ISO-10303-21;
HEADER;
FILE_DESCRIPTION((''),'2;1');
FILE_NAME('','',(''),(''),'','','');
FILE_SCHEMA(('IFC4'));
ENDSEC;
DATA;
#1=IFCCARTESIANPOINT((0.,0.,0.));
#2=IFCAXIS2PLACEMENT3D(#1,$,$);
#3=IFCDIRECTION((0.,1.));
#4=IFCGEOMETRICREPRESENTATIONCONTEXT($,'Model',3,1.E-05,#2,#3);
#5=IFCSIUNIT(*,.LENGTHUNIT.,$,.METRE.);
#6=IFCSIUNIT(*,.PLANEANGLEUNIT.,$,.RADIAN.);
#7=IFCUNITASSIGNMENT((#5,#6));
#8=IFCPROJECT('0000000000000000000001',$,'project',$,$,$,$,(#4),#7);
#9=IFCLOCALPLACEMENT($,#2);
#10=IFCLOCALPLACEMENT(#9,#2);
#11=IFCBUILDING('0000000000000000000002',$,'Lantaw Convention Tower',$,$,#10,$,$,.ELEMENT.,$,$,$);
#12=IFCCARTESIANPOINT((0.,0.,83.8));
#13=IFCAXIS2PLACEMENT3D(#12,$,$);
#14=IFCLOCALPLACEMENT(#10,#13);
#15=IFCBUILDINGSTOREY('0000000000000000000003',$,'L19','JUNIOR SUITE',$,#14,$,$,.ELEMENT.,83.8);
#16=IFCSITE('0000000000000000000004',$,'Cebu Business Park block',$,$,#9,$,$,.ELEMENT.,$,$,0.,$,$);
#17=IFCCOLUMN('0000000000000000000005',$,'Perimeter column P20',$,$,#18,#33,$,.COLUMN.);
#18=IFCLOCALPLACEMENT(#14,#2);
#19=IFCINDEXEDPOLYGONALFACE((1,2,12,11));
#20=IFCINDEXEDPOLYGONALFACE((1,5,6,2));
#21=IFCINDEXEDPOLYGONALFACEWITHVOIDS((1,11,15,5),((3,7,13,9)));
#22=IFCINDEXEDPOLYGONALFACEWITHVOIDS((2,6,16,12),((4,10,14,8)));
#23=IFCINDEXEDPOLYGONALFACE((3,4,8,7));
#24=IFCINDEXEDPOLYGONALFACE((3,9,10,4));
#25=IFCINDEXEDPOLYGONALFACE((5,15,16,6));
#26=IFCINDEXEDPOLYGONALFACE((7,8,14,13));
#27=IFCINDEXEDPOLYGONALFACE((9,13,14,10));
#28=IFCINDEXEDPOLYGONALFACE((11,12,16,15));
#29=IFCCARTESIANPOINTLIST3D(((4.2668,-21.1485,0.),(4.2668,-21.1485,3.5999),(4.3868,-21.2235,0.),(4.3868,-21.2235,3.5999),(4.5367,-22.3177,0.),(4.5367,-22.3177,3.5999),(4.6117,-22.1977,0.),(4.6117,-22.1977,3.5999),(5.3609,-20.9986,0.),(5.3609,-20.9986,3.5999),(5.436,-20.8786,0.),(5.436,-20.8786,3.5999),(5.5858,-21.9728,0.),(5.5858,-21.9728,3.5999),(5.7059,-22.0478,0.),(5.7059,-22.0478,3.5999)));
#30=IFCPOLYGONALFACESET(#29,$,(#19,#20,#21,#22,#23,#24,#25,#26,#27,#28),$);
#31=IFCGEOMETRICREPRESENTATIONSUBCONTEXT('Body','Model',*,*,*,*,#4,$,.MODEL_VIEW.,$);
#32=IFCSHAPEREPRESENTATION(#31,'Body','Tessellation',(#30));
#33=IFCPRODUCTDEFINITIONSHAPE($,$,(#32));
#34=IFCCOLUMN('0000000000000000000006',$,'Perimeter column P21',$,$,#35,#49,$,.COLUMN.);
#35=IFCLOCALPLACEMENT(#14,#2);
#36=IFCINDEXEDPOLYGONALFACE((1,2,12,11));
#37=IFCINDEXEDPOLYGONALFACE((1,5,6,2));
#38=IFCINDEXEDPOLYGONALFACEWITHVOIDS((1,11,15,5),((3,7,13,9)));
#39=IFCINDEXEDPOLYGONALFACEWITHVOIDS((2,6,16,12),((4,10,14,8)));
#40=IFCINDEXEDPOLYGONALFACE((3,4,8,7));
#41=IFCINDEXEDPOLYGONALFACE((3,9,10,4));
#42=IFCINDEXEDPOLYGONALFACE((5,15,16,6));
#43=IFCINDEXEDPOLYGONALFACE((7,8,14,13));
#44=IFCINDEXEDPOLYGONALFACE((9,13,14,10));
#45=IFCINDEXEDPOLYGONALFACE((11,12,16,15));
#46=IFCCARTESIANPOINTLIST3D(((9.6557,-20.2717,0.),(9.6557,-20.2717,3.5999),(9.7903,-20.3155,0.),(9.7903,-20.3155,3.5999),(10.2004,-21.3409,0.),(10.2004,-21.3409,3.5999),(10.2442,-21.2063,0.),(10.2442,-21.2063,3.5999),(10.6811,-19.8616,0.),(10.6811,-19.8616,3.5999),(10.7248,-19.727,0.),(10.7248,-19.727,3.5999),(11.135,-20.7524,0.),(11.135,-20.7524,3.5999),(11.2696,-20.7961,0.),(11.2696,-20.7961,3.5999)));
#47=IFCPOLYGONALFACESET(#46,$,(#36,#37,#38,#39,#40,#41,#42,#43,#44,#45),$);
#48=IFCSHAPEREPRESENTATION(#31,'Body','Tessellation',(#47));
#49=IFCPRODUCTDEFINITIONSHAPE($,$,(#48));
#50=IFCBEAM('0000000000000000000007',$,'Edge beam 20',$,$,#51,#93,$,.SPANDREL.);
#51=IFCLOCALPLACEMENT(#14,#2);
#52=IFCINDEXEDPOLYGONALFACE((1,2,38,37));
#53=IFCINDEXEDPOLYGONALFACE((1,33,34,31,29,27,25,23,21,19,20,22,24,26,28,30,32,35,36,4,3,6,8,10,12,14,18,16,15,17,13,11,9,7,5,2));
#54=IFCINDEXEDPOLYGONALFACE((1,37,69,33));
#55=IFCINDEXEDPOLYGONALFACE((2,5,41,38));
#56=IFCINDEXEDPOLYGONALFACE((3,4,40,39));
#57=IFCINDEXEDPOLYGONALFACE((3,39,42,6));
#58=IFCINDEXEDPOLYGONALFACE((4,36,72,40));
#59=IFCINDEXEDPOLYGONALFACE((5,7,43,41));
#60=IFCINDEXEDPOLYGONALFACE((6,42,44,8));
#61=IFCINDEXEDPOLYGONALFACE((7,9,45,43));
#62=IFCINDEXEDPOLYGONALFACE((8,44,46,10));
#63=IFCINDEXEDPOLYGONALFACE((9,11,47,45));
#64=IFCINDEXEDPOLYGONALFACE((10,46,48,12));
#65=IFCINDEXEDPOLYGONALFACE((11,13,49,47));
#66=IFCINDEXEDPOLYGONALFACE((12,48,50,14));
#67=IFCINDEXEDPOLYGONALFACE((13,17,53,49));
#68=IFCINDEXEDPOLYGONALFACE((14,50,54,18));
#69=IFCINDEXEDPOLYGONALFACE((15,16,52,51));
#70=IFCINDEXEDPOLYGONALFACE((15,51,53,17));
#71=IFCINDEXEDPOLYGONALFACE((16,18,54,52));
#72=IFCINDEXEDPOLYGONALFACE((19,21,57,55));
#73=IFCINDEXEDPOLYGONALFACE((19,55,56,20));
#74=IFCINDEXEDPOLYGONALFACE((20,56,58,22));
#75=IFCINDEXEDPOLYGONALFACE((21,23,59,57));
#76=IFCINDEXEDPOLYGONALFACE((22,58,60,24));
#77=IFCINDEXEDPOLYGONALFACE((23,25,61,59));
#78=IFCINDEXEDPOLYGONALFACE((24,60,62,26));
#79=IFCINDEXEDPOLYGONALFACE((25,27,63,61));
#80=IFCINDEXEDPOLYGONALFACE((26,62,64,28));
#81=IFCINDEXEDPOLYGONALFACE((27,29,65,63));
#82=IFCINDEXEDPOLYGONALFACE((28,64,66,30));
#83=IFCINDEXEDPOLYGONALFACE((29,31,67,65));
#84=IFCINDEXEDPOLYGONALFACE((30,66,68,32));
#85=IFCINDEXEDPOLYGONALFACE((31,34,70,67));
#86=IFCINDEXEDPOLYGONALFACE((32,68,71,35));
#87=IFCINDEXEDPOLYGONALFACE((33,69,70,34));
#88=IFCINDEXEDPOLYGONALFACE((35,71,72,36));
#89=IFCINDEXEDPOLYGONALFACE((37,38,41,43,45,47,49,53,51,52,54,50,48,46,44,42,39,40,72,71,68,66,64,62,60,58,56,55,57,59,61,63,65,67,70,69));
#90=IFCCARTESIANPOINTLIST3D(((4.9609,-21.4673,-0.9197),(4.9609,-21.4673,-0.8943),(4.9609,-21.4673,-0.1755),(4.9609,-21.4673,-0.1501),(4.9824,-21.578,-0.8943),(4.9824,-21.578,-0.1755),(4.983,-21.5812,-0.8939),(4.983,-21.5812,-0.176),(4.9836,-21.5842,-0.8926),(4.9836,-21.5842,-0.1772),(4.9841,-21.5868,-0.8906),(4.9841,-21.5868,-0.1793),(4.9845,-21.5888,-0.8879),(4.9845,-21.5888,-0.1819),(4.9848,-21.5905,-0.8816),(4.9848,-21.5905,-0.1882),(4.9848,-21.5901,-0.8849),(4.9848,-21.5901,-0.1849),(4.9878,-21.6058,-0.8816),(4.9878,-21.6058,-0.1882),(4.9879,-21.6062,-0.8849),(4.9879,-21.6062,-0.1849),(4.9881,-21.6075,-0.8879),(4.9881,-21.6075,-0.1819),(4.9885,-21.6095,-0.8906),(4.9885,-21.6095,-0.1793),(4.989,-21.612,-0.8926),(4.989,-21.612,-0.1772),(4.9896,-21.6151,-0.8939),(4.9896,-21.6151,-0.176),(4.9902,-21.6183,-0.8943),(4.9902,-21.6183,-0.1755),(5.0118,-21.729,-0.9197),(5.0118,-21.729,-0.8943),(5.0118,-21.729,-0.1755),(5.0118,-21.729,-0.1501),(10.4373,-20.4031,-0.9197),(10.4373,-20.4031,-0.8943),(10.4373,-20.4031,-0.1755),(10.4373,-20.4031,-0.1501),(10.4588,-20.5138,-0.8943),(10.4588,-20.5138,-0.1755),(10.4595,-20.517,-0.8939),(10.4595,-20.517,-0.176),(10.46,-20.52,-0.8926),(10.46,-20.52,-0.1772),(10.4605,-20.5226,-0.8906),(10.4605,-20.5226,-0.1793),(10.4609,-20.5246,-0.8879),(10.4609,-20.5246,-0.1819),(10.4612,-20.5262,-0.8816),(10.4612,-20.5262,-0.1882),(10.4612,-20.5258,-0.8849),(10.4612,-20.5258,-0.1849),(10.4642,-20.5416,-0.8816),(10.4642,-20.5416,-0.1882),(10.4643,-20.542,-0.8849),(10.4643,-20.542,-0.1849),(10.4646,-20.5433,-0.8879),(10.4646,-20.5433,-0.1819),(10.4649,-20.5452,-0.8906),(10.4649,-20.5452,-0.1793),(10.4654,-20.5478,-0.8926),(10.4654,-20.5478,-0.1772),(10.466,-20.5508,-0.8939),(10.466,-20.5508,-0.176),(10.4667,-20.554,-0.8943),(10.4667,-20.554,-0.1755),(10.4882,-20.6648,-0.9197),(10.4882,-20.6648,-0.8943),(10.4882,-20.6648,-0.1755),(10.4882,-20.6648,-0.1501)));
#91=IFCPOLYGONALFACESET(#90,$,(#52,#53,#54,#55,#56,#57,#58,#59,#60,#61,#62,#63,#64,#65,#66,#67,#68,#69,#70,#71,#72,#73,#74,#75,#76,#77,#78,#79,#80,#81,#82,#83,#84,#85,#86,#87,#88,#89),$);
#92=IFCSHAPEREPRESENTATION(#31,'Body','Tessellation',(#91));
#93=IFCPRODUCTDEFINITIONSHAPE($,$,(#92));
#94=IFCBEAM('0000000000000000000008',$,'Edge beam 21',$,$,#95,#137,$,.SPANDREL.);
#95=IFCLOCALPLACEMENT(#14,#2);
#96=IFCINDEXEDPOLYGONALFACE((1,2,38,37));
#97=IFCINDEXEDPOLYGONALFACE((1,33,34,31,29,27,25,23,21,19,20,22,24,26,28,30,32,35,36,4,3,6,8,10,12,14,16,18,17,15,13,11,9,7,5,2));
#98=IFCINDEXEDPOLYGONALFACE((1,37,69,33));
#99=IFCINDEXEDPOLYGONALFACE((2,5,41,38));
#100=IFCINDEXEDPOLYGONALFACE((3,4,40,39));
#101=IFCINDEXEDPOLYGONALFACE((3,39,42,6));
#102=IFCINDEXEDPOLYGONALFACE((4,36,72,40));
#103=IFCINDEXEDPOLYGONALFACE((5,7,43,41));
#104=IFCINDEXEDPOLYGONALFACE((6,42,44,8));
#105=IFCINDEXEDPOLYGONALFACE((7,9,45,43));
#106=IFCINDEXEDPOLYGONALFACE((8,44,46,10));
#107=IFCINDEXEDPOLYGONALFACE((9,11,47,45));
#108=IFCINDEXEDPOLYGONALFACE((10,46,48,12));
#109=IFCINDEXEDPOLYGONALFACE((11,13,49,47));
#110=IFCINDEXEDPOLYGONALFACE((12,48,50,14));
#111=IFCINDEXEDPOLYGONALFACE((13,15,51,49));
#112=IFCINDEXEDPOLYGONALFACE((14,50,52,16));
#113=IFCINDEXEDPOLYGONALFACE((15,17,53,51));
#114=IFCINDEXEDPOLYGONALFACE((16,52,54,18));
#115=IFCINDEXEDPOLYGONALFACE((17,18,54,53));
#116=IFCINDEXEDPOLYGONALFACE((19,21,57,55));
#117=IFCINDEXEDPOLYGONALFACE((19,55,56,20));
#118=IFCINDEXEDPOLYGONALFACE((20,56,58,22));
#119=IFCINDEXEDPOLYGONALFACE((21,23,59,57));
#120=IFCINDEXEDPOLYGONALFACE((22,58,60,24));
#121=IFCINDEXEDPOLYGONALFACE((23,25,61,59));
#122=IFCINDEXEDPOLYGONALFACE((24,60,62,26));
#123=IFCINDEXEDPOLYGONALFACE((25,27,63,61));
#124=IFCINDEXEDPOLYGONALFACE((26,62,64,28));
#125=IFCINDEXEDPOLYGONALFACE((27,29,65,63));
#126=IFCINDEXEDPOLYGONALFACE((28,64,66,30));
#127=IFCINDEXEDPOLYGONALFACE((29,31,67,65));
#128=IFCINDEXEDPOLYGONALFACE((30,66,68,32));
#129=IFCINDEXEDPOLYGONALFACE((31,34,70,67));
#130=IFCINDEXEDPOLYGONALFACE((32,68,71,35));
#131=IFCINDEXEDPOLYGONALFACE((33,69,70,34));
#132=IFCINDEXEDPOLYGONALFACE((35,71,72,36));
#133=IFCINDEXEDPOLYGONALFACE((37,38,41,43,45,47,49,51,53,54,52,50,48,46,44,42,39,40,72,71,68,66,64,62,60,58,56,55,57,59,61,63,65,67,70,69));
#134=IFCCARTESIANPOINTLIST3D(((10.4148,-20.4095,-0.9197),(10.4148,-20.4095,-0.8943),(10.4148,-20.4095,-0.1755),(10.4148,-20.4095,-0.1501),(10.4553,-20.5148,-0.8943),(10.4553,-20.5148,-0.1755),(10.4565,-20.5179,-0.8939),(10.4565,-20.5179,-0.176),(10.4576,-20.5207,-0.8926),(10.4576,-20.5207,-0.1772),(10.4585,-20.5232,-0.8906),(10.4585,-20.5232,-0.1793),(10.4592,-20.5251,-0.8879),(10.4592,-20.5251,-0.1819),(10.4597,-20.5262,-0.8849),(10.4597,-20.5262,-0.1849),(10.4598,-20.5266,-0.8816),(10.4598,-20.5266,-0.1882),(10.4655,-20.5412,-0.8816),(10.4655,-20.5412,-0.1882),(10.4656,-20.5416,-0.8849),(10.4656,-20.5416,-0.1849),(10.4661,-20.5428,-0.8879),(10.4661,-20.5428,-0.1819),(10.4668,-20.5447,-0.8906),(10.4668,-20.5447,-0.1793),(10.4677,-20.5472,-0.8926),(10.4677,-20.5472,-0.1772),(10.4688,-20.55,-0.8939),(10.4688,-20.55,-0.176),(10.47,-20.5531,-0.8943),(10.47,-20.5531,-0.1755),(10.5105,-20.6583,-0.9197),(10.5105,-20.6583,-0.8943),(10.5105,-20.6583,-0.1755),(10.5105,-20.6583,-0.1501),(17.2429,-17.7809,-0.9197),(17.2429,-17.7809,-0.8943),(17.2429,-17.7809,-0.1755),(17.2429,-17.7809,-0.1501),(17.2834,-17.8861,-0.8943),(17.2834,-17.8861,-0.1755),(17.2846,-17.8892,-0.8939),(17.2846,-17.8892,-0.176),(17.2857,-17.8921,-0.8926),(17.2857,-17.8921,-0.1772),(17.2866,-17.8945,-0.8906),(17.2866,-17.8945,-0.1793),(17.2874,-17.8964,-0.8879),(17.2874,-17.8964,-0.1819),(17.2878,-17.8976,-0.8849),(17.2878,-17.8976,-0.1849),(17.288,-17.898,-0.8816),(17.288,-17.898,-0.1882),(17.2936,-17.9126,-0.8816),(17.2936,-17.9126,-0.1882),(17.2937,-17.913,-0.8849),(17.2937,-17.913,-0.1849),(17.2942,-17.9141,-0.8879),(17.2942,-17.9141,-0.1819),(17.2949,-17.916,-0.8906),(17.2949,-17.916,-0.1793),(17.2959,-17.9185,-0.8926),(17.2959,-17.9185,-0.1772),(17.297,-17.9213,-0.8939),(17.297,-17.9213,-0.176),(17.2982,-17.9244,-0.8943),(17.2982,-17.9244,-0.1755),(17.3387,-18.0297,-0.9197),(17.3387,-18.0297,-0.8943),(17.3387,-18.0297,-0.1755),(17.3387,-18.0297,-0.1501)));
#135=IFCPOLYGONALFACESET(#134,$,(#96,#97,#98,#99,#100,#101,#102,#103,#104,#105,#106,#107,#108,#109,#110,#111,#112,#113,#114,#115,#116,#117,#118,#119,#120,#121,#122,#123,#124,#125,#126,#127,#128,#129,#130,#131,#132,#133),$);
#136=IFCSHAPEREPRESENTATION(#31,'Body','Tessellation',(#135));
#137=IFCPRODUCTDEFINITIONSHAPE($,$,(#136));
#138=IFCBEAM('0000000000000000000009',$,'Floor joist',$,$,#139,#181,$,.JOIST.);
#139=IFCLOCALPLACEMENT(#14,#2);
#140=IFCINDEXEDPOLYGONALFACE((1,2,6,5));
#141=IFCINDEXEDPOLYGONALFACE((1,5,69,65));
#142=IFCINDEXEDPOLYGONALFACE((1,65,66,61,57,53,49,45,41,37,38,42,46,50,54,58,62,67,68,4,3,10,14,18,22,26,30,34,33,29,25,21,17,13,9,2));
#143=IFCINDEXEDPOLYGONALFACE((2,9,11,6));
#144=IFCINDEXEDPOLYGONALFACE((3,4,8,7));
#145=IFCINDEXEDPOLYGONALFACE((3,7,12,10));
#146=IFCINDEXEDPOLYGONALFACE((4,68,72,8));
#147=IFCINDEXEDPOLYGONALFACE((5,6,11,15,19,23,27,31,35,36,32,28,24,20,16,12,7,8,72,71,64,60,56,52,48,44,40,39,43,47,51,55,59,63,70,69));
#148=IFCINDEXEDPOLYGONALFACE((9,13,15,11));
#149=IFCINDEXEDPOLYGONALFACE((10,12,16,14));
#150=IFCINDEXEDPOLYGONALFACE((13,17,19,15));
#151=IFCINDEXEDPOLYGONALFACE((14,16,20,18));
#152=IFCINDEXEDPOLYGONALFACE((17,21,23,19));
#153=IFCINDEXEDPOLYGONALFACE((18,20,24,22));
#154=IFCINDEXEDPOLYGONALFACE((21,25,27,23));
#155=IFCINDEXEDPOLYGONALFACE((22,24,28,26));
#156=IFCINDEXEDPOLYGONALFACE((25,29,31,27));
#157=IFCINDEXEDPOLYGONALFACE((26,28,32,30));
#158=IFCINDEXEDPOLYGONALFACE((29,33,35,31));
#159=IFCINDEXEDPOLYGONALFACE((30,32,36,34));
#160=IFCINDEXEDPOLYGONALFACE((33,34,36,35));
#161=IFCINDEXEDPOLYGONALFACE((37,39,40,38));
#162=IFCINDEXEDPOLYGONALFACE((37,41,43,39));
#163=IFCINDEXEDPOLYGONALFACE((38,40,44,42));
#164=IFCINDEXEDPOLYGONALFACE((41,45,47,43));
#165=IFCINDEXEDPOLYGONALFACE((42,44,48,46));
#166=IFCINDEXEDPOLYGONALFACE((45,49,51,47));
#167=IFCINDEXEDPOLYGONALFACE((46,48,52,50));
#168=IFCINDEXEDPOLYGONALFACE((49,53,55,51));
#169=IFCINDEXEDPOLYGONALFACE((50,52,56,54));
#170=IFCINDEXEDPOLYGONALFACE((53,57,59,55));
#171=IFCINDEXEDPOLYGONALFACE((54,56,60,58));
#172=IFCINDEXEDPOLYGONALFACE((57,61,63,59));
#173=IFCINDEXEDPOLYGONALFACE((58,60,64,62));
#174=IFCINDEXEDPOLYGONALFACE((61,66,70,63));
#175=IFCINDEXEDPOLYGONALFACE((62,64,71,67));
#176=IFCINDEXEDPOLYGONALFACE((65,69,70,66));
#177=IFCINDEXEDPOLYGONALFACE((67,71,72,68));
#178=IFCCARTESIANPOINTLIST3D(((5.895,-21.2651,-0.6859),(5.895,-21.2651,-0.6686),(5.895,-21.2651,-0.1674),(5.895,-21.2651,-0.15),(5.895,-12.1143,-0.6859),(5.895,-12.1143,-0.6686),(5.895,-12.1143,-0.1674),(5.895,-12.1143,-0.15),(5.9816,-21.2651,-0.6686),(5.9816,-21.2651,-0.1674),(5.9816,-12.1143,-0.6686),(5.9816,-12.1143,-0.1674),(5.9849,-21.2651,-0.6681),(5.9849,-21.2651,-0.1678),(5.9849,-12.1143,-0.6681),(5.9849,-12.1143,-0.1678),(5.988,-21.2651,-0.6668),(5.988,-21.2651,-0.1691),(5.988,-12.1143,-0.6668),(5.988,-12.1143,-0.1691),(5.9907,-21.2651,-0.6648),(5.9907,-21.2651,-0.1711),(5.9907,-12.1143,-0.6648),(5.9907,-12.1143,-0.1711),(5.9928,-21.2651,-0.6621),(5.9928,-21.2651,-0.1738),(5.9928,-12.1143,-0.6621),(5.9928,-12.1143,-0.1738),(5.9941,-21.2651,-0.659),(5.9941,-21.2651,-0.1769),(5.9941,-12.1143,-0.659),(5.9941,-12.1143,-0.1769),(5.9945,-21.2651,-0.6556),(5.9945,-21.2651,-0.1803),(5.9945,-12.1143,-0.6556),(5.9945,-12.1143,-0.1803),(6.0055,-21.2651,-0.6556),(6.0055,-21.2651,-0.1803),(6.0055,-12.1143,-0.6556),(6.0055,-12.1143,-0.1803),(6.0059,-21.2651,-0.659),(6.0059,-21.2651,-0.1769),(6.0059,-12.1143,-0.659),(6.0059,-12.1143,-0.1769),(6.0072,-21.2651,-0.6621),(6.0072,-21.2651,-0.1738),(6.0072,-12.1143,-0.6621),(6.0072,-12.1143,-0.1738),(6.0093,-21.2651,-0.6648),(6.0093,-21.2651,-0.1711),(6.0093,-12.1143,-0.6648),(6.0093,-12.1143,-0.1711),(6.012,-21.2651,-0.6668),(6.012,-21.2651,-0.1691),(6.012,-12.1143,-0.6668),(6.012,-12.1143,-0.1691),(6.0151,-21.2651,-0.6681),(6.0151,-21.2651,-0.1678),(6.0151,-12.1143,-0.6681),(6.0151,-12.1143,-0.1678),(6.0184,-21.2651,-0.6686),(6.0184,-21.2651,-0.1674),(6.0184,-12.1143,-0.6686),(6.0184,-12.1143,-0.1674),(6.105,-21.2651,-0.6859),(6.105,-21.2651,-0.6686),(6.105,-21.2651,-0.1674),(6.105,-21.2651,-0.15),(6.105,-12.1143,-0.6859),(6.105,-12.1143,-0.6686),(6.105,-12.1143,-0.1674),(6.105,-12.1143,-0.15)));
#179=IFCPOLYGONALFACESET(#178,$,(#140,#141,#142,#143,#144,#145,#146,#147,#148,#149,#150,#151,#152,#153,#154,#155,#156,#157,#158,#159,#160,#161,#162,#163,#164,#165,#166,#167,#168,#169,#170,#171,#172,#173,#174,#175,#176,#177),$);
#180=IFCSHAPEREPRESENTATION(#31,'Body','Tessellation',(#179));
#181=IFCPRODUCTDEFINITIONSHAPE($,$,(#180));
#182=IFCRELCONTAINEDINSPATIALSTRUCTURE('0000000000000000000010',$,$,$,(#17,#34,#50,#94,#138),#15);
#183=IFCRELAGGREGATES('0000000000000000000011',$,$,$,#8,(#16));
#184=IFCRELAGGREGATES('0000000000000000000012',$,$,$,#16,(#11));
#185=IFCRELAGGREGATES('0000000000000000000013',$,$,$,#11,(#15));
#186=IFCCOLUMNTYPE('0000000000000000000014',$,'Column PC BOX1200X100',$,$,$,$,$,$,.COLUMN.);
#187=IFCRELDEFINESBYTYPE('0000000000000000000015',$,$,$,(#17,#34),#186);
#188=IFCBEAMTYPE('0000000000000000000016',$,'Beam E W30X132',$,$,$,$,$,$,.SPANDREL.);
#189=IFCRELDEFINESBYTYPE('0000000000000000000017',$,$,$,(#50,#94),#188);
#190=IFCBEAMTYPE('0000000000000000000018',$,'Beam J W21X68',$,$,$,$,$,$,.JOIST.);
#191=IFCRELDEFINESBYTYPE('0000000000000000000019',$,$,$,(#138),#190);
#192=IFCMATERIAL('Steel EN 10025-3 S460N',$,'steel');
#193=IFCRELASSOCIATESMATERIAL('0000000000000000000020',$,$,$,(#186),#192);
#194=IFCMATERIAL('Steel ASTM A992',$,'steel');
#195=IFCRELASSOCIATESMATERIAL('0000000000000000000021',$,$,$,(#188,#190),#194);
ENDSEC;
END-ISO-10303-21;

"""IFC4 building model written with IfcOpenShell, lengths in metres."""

from ifc_helpers import new_model, si_unit, direction, frame, origin, origin_2d, place, context, subcontext, project, spatial, rectangle, hollow_rectangle, i_section, extrude, material, material_profile, profile_set, type_object, element, save


model = new_model("IFC4")

# Units and contexts
model_context = context("Model", 3, precision=1e-05, world=origin(), true_north=direction((0.0, 1.0)))
body_context = subcontext(model_context, "Body", "Model", "MODEL_VIEW")
ifc_project = project(units=[si_unit("LENGTHUNIT", "METRE"), si_unit("PLANEANGLEUNIT", "RADIAN")], contexts=[model_context])

# Site, building, storey
site_placement = place(None, origin())
site = spatial("IfcSite", under=ifc_project, at=site_placement, Name="Cebu Business Park block", CompositionType="ELEMENT", RefElevation=0.0)
building_placement = place(site_placement, origin())
building = spatial("IfcBuilding", under=site, at=building_placement, Name="Lantaw Convention Tower", CompositionType="ELEMENT")
storey_placement = place(building_placement, frame((0.0, 0.0, 83.8)))
storey = spatial("IfcBuildingStorey", under=building, at=storey_placement, Name="L19", Description="JUNIOR SUITE", CompositionType="ELEMENT", Elevation=83.8)

# Columns
ifc_material_1 = material(Name="Steel EN 10025-3 S460N", Category="steel")
ifc_material_profile_1 = material_profile(ifc_material_1, hollow_rectangle(XDim=1.2, YDim=1.2, WallThickness=0.1001, at=origin_2d()), Name="BOX1200X100")
ifc_material_2 = material(Name="Concrete C60/75", Category="concrete")
ifc_material_profile_2 = material_profile(ifc_material_2, rectangle(XDim=1.0, YDim=1.0, at=origin_2d()), Name="Concrete fill of BOX1200X100")
ifc_profile_set_1 = profile_set([ifc_material_profile_1, ifc_material_profile_2], Name="Steel EN 10025-3 S460N")
column_type = type_object("IfcColumnType", Name="Column PC BOX1200X100", PredefinedType="COLUMN", material=ifc_profile_set_1)
for number, where, z_axis, x_axis, name in (
    (1, (4.9863, -21.5981, 0.0), (0.0, 0.0, 1.0), (0.97437, 0.224951, 0.0), "Perimeter column P20"),
    (2, (10.4626, -20.5339, 0.0), (0.0, 0.0, 1.0), (0.891007, 0.45399, 0.0), "Perimeter column P21"),
):
    element("IfcColumn", number, at=place(storey_placement, frame(where, z_axis=z_axis, x_axis=x_axis)), inside=storey, type_object=column_type, Name=name, PredefinedType="COLUMN", context=body_context, shape_type="SweptSolid", body=[
        extrude(hollow_rectangle(XDim=1.2, YDim=1.2, WallThickness=0.1001, at=origin_2d()), origin(), (0.0, 0.0, 1.0), 3.5999),
    ])

# Beams
ifc_material_3 = material(Name="Steel ASTM A992", Category="steel")
ifc_material_profile_3 = material_profile(ifc_material_3, i_section(OverallWidth=0.2666, OverallDepth=0.7695, WebThickness=0.0156, FlangeThickness=0.0254, FilletRadius=0.0127, at=origin_2d()), Name="W30X132")
ifc_profile_set_2 = profile_set([ifc_material_profile_3], Name="Steel ASTM A992")
beam_type_1 = type_object("IfcBeamType", Name="Beam E W30X132", PredefinedType="SPANDREL", material=ifc_profile_set_2)
beam_1_placement = place(storey_placement, frame((4.9863, -21.5981, -0.5349), z_axis=(0.981637, 0.190761, 0.0), x_axis=(-0.190761, 0.981637, 0.0)))
element("IfcBeam", 3, at=beam_1_placement, inside=storey, type_object=beam_type_1, Name="Edge beam 20", PredefinedType="SPANDREL", context=body_context, shape_type="SweptSolid", body=[
    extrude(i_section(OverallWidth=0.2666, OverallDepth=0.7695, WebThickness=0.0156, FlangeThickness=0.0254, FilletRadius=0.0127, at=origin_2d()), origin(), (0.0, 0.0, 1.0), 5.5789),
])
beam_2_placement = place(storey_placement, frame((10.4626, -20.5339, -0.5349), z_axis=(0.933233, 0.359272, 0.0), x_axis=(-0.359272, 0.933233, 0.0)))
element("IfcBeam", 4, at=beam_2_placement, inside=storey, type_object=beam_type_1, Name="Edge beam 21", PredefinedType="SPANDREL", context=body_context, shape_type="SweptSolid", body=[
    extrude(i_section(OverallWidth=0.2666, OverallDepth=0.7695, WebThickness=0.0156, FlangeThickness=0.0254, FilletRadius=0.0127, at=origin_2d()), origin(), (0.0, 0.0, 1.0), 7.3167),
])
ifc_material_profile_4 = material_profile(ifc_material_3, i_section(OverallWidth=0.21, OverallDepth=0.5359, WebThickness=0.011, FlangeThickness=0.0173, FilletRadius=0.0129, at=origin_2d()), Name="W21X68")
ifc_profile_set_3 = profile_set([ifc_material_profile_4], Name="Steel ASTM A992")
beam_type_2 = type_object("IfcBeamType", Name="Beam J W21X68", PredefinedType="JOIST", material=ifc_profile_set_3)
beam_3_placement = place(storey_placement, frame((6.0, -21.2651, -0.418), z_axis=(0.0, 1.0, 0.0), x_axis=(-1.0, 0.0, 0.0)))
element("IfcBeam", 5, at=beam_3_placement, inside=storey, type_object=beam_type_2, Name="Floor joist", PredefinedType="JOIST", context=body_context, shape_type="SweptSolid", body=[
    extrude(i_section(OverallWidth=0.21, OverallDepth=0.5359, WebThickness=0.011, FlangeThickness=0.0173, FilletRadius=0.0129, at=origin_2d()), origin(), (0.0, 0.0, 1.0), 9.1509),
])

save(model, "model.ifc")
